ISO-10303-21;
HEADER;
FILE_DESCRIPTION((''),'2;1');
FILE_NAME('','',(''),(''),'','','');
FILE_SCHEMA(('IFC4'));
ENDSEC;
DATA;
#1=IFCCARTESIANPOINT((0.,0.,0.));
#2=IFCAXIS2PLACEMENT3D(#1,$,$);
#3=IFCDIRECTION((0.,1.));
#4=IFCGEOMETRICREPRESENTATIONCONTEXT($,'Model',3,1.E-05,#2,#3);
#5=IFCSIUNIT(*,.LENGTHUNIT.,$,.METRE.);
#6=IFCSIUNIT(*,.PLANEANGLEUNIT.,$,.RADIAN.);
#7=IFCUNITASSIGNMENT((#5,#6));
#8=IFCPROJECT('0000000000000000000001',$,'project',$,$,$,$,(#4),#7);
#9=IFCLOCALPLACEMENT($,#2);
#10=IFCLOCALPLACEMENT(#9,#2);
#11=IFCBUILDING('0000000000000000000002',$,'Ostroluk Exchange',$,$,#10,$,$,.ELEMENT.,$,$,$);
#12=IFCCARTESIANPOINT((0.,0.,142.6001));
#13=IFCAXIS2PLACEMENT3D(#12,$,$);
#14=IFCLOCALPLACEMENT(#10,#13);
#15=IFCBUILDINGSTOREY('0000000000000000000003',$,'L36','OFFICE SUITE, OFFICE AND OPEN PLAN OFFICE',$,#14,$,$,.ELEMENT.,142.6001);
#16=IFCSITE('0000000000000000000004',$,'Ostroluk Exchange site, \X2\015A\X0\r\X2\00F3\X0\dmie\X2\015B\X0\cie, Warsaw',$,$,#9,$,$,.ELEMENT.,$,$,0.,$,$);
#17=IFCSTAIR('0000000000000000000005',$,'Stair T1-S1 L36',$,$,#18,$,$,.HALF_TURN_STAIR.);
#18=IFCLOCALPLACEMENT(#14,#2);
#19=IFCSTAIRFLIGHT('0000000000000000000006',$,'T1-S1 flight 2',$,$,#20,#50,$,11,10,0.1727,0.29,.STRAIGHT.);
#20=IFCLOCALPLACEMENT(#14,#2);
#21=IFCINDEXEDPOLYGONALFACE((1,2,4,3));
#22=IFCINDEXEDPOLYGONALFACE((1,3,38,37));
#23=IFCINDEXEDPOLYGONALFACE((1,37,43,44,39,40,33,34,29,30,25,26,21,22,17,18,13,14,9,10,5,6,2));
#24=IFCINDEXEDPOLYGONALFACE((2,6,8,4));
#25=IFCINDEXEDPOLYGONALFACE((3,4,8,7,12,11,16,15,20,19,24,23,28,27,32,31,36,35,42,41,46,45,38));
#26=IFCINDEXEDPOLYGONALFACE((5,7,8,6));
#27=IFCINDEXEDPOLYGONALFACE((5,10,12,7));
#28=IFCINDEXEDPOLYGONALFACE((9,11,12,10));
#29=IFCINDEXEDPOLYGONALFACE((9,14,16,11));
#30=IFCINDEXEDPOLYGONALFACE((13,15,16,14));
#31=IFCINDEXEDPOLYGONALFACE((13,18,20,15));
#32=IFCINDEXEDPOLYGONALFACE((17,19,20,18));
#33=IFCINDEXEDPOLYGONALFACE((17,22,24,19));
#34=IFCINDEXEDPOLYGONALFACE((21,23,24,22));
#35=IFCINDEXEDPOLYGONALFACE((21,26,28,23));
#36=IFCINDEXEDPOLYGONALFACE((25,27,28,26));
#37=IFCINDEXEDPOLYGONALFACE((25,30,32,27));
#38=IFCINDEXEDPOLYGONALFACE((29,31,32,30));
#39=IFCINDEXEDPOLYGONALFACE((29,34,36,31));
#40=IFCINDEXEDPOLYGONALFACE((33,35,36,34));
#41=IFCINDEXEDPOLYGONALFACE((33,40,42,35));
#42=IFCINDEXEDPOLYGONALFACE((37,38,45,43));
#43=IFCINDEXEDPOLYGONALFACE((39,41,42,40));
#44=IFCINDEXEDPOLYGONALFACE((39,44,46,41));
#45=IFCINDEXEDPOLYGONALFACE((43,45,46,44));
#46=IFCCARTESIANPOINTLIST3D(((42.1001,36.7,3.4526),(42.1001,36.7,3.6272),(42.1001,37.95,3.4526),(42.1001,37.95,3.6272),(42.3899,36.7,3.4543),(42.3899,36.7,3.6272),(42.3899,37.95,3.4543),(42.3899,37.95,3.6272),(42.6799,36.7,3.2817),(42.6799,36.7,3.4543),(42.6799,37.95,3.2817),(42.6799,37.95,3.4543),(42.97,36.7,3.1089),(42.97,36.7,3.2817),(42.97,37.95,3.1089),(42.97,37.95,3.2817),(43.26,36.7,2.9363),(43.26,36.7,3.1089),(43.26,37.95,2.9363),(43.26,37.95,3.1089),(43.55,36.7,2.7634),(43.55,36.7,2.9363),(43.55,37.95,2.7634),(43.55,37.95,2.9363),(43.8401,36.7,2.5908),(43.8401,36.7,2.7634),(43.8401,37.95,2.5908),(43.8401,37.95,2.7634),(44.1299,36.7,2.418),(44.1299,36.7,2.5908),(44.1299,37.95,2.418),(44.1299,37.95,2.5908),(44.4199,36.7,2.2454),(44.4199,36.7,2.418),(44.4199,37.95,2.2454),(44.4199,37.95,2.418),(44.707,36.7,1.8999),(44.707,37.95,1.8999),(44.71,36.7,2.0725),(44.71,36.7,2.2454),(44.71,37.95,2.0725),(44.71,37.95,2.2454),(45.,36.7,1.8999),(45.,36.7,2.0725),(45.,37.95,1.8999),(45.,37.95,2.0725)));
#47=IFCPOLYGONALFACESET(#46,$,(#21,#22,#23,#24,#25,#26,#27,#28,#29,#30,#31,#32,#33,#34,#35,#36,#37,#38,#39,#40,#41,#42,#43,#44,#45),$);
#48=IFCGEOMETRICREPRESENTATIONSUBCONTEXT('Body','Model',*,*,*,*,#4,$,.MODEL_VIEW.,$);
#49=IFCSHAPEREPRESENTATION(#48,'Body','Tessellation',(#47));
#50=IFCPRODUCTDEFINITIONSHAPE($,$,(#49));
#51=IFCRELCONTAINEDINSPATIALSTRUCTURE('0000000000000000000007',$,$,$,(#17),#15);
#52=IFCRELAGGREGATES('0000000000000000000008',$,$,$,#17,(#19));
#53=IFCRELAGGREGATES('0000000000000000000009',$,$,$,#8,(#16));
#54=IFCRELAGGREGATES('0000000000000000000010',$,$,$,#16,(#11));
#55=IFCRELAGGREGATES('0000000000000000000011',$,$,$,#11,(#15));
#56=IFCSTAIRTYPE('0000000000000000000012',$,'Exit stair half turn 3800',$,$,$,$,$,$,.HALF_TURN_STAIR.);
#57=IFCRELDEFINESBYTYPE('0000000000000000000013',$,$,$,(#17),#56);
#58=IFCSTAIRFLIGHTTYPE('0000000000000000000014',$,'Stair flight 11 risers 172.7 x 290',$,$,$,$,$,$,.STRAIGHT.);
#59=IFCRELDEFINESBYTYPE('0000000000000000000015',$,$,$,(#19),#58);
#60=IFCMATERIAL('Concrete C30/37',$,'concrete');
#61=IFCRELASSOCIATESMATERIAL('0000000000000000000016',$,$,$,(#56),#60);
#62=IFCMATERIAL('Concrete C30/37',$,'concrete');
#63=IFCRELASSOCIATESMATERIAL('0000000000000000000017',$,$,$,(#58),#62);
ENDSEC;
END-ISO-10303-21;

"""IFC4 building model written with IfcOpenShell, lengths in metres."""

from ifc_helpers import new_model, si_unit, direction, frame, origin, place, context, subcontext, project, spatial, polyline, outline, extrude, material, type_object, element, aggregate, save


model = new_model("IFC4")

# Units and contexts
model_context = context("Model", 3, precision=1e-05, world=origin(), true_north=direction((0.0, 1.0)))
body_context = subcontext(model_context, "Body", "Model", "MODEL_VIEW")
ifc_project = project(units=[si_unit("LENGTHUNIT", "METRE"), si_unit("PLANEANGLEUNIT", "RADIAN")], contexts=[model_context])

# Site, building, storey
site_placement = place(None, origin())
site = spatial("IfcSite", under=ifc_project, at=site_placement, Name="Ostroluk Exchange site, Śródmieście, Warsaw", CompositionType="ELEMENT", RefElevation=0.0)
building_placement = place(site_placement, origin())
building = spatial("IfcBuilding", under=site, at=building_placement, Name="Ostroluk Exchange", CompositionType="ELEMENT")
storey_placement = place(building_placement, frame((0.0, 0.0, 142.6001)))
storey = spatial("IfcBuildingStorey", under=building, at=storey_placement, Name="L36", Description="OFFICE SUITE, OFFICE AND OPEN PLAN OFFICE", CompositionType="ELEMENT", Elevation=142.6001)

# Stair, stair flight
ifc_material_1 = material(Name="Concrete C30/37", Category="concrete")
stair_type = type_object("IfcStairType", Name="Exit stair half turn 3800", PredefinedType="HALF_TURN_STAIR", material=ifc_material_1)
stair_placement = place(storey_placement, origin())
stair = element("IfcStair", 1, at=stair_placement, inside=storey, type_object=stair_type, Name="Stair T1-S1 L36", PredefinedType="HALF_TURN_STAIR")
ifc_material_2 = material(Name="Concrete C30/37", Category="concrete")
stair_flight_type = type_object("IfcStairFlightType", Name="Stair flight 11 risers 172.7 x 290", PredefinedType="STRAIGHT", material=ifc_material_2)
stair_flight_1_placement = place(storey_placement, frame((45.0, 37.325, 1.8999), z_axis=(0.0, 0.0, 1.0), x_axis=(-1.0, 0.0, 0.0)))
stair_flight_1 = element("IfcStairFlight", 2, at=stair_flight_1_placement, type_object=stair_flight_type, Name="T1-S1 flight 2", NumberOfRisers=11, NumberOfTreads=10, PredefinedType="STRAIGHT", RiserHeight=0.1727, TreadLength=0.29, context=body_context, shape_type="SweptSolid", body=[
    extrude(outline(polyline([(0.0, 0.0), (0.0, 0.1726), (0.29, 0.1726), (0.29, 0.3455), (0.5801, 0.3455), (0.5801, 0.5181), (0.8701, 0.5181), (0.8701, 0.6909), (1.1599, 0.6909), (1.1599, 0.8635), (1.45, 0.8635), (1.45, 1.0364), (1.74, 1.0364), (1.74, 1.209), (2.03, 1.209), (2.03, 1.3818), (2.3201, 1.3818), (2.3201, 1.5544), (2.6101, 1.5544), (2.6101, 1.7273), (2.8999, 1.7273), (2.8999, 1.8999), (2.8999, 1.5527), (0.293, 0.0), (0.0, 0.0)])), frame((0.0, 0.625, 0.0), z_axis=(0.0, -1.0, 0.0), x_axis=(1.0, 0.0, 0.0)), (0.0, 0.0, 1.0), 1.25),
])
aggregate(stair, [stair_flight_1])

save(model, "model.ifc")
